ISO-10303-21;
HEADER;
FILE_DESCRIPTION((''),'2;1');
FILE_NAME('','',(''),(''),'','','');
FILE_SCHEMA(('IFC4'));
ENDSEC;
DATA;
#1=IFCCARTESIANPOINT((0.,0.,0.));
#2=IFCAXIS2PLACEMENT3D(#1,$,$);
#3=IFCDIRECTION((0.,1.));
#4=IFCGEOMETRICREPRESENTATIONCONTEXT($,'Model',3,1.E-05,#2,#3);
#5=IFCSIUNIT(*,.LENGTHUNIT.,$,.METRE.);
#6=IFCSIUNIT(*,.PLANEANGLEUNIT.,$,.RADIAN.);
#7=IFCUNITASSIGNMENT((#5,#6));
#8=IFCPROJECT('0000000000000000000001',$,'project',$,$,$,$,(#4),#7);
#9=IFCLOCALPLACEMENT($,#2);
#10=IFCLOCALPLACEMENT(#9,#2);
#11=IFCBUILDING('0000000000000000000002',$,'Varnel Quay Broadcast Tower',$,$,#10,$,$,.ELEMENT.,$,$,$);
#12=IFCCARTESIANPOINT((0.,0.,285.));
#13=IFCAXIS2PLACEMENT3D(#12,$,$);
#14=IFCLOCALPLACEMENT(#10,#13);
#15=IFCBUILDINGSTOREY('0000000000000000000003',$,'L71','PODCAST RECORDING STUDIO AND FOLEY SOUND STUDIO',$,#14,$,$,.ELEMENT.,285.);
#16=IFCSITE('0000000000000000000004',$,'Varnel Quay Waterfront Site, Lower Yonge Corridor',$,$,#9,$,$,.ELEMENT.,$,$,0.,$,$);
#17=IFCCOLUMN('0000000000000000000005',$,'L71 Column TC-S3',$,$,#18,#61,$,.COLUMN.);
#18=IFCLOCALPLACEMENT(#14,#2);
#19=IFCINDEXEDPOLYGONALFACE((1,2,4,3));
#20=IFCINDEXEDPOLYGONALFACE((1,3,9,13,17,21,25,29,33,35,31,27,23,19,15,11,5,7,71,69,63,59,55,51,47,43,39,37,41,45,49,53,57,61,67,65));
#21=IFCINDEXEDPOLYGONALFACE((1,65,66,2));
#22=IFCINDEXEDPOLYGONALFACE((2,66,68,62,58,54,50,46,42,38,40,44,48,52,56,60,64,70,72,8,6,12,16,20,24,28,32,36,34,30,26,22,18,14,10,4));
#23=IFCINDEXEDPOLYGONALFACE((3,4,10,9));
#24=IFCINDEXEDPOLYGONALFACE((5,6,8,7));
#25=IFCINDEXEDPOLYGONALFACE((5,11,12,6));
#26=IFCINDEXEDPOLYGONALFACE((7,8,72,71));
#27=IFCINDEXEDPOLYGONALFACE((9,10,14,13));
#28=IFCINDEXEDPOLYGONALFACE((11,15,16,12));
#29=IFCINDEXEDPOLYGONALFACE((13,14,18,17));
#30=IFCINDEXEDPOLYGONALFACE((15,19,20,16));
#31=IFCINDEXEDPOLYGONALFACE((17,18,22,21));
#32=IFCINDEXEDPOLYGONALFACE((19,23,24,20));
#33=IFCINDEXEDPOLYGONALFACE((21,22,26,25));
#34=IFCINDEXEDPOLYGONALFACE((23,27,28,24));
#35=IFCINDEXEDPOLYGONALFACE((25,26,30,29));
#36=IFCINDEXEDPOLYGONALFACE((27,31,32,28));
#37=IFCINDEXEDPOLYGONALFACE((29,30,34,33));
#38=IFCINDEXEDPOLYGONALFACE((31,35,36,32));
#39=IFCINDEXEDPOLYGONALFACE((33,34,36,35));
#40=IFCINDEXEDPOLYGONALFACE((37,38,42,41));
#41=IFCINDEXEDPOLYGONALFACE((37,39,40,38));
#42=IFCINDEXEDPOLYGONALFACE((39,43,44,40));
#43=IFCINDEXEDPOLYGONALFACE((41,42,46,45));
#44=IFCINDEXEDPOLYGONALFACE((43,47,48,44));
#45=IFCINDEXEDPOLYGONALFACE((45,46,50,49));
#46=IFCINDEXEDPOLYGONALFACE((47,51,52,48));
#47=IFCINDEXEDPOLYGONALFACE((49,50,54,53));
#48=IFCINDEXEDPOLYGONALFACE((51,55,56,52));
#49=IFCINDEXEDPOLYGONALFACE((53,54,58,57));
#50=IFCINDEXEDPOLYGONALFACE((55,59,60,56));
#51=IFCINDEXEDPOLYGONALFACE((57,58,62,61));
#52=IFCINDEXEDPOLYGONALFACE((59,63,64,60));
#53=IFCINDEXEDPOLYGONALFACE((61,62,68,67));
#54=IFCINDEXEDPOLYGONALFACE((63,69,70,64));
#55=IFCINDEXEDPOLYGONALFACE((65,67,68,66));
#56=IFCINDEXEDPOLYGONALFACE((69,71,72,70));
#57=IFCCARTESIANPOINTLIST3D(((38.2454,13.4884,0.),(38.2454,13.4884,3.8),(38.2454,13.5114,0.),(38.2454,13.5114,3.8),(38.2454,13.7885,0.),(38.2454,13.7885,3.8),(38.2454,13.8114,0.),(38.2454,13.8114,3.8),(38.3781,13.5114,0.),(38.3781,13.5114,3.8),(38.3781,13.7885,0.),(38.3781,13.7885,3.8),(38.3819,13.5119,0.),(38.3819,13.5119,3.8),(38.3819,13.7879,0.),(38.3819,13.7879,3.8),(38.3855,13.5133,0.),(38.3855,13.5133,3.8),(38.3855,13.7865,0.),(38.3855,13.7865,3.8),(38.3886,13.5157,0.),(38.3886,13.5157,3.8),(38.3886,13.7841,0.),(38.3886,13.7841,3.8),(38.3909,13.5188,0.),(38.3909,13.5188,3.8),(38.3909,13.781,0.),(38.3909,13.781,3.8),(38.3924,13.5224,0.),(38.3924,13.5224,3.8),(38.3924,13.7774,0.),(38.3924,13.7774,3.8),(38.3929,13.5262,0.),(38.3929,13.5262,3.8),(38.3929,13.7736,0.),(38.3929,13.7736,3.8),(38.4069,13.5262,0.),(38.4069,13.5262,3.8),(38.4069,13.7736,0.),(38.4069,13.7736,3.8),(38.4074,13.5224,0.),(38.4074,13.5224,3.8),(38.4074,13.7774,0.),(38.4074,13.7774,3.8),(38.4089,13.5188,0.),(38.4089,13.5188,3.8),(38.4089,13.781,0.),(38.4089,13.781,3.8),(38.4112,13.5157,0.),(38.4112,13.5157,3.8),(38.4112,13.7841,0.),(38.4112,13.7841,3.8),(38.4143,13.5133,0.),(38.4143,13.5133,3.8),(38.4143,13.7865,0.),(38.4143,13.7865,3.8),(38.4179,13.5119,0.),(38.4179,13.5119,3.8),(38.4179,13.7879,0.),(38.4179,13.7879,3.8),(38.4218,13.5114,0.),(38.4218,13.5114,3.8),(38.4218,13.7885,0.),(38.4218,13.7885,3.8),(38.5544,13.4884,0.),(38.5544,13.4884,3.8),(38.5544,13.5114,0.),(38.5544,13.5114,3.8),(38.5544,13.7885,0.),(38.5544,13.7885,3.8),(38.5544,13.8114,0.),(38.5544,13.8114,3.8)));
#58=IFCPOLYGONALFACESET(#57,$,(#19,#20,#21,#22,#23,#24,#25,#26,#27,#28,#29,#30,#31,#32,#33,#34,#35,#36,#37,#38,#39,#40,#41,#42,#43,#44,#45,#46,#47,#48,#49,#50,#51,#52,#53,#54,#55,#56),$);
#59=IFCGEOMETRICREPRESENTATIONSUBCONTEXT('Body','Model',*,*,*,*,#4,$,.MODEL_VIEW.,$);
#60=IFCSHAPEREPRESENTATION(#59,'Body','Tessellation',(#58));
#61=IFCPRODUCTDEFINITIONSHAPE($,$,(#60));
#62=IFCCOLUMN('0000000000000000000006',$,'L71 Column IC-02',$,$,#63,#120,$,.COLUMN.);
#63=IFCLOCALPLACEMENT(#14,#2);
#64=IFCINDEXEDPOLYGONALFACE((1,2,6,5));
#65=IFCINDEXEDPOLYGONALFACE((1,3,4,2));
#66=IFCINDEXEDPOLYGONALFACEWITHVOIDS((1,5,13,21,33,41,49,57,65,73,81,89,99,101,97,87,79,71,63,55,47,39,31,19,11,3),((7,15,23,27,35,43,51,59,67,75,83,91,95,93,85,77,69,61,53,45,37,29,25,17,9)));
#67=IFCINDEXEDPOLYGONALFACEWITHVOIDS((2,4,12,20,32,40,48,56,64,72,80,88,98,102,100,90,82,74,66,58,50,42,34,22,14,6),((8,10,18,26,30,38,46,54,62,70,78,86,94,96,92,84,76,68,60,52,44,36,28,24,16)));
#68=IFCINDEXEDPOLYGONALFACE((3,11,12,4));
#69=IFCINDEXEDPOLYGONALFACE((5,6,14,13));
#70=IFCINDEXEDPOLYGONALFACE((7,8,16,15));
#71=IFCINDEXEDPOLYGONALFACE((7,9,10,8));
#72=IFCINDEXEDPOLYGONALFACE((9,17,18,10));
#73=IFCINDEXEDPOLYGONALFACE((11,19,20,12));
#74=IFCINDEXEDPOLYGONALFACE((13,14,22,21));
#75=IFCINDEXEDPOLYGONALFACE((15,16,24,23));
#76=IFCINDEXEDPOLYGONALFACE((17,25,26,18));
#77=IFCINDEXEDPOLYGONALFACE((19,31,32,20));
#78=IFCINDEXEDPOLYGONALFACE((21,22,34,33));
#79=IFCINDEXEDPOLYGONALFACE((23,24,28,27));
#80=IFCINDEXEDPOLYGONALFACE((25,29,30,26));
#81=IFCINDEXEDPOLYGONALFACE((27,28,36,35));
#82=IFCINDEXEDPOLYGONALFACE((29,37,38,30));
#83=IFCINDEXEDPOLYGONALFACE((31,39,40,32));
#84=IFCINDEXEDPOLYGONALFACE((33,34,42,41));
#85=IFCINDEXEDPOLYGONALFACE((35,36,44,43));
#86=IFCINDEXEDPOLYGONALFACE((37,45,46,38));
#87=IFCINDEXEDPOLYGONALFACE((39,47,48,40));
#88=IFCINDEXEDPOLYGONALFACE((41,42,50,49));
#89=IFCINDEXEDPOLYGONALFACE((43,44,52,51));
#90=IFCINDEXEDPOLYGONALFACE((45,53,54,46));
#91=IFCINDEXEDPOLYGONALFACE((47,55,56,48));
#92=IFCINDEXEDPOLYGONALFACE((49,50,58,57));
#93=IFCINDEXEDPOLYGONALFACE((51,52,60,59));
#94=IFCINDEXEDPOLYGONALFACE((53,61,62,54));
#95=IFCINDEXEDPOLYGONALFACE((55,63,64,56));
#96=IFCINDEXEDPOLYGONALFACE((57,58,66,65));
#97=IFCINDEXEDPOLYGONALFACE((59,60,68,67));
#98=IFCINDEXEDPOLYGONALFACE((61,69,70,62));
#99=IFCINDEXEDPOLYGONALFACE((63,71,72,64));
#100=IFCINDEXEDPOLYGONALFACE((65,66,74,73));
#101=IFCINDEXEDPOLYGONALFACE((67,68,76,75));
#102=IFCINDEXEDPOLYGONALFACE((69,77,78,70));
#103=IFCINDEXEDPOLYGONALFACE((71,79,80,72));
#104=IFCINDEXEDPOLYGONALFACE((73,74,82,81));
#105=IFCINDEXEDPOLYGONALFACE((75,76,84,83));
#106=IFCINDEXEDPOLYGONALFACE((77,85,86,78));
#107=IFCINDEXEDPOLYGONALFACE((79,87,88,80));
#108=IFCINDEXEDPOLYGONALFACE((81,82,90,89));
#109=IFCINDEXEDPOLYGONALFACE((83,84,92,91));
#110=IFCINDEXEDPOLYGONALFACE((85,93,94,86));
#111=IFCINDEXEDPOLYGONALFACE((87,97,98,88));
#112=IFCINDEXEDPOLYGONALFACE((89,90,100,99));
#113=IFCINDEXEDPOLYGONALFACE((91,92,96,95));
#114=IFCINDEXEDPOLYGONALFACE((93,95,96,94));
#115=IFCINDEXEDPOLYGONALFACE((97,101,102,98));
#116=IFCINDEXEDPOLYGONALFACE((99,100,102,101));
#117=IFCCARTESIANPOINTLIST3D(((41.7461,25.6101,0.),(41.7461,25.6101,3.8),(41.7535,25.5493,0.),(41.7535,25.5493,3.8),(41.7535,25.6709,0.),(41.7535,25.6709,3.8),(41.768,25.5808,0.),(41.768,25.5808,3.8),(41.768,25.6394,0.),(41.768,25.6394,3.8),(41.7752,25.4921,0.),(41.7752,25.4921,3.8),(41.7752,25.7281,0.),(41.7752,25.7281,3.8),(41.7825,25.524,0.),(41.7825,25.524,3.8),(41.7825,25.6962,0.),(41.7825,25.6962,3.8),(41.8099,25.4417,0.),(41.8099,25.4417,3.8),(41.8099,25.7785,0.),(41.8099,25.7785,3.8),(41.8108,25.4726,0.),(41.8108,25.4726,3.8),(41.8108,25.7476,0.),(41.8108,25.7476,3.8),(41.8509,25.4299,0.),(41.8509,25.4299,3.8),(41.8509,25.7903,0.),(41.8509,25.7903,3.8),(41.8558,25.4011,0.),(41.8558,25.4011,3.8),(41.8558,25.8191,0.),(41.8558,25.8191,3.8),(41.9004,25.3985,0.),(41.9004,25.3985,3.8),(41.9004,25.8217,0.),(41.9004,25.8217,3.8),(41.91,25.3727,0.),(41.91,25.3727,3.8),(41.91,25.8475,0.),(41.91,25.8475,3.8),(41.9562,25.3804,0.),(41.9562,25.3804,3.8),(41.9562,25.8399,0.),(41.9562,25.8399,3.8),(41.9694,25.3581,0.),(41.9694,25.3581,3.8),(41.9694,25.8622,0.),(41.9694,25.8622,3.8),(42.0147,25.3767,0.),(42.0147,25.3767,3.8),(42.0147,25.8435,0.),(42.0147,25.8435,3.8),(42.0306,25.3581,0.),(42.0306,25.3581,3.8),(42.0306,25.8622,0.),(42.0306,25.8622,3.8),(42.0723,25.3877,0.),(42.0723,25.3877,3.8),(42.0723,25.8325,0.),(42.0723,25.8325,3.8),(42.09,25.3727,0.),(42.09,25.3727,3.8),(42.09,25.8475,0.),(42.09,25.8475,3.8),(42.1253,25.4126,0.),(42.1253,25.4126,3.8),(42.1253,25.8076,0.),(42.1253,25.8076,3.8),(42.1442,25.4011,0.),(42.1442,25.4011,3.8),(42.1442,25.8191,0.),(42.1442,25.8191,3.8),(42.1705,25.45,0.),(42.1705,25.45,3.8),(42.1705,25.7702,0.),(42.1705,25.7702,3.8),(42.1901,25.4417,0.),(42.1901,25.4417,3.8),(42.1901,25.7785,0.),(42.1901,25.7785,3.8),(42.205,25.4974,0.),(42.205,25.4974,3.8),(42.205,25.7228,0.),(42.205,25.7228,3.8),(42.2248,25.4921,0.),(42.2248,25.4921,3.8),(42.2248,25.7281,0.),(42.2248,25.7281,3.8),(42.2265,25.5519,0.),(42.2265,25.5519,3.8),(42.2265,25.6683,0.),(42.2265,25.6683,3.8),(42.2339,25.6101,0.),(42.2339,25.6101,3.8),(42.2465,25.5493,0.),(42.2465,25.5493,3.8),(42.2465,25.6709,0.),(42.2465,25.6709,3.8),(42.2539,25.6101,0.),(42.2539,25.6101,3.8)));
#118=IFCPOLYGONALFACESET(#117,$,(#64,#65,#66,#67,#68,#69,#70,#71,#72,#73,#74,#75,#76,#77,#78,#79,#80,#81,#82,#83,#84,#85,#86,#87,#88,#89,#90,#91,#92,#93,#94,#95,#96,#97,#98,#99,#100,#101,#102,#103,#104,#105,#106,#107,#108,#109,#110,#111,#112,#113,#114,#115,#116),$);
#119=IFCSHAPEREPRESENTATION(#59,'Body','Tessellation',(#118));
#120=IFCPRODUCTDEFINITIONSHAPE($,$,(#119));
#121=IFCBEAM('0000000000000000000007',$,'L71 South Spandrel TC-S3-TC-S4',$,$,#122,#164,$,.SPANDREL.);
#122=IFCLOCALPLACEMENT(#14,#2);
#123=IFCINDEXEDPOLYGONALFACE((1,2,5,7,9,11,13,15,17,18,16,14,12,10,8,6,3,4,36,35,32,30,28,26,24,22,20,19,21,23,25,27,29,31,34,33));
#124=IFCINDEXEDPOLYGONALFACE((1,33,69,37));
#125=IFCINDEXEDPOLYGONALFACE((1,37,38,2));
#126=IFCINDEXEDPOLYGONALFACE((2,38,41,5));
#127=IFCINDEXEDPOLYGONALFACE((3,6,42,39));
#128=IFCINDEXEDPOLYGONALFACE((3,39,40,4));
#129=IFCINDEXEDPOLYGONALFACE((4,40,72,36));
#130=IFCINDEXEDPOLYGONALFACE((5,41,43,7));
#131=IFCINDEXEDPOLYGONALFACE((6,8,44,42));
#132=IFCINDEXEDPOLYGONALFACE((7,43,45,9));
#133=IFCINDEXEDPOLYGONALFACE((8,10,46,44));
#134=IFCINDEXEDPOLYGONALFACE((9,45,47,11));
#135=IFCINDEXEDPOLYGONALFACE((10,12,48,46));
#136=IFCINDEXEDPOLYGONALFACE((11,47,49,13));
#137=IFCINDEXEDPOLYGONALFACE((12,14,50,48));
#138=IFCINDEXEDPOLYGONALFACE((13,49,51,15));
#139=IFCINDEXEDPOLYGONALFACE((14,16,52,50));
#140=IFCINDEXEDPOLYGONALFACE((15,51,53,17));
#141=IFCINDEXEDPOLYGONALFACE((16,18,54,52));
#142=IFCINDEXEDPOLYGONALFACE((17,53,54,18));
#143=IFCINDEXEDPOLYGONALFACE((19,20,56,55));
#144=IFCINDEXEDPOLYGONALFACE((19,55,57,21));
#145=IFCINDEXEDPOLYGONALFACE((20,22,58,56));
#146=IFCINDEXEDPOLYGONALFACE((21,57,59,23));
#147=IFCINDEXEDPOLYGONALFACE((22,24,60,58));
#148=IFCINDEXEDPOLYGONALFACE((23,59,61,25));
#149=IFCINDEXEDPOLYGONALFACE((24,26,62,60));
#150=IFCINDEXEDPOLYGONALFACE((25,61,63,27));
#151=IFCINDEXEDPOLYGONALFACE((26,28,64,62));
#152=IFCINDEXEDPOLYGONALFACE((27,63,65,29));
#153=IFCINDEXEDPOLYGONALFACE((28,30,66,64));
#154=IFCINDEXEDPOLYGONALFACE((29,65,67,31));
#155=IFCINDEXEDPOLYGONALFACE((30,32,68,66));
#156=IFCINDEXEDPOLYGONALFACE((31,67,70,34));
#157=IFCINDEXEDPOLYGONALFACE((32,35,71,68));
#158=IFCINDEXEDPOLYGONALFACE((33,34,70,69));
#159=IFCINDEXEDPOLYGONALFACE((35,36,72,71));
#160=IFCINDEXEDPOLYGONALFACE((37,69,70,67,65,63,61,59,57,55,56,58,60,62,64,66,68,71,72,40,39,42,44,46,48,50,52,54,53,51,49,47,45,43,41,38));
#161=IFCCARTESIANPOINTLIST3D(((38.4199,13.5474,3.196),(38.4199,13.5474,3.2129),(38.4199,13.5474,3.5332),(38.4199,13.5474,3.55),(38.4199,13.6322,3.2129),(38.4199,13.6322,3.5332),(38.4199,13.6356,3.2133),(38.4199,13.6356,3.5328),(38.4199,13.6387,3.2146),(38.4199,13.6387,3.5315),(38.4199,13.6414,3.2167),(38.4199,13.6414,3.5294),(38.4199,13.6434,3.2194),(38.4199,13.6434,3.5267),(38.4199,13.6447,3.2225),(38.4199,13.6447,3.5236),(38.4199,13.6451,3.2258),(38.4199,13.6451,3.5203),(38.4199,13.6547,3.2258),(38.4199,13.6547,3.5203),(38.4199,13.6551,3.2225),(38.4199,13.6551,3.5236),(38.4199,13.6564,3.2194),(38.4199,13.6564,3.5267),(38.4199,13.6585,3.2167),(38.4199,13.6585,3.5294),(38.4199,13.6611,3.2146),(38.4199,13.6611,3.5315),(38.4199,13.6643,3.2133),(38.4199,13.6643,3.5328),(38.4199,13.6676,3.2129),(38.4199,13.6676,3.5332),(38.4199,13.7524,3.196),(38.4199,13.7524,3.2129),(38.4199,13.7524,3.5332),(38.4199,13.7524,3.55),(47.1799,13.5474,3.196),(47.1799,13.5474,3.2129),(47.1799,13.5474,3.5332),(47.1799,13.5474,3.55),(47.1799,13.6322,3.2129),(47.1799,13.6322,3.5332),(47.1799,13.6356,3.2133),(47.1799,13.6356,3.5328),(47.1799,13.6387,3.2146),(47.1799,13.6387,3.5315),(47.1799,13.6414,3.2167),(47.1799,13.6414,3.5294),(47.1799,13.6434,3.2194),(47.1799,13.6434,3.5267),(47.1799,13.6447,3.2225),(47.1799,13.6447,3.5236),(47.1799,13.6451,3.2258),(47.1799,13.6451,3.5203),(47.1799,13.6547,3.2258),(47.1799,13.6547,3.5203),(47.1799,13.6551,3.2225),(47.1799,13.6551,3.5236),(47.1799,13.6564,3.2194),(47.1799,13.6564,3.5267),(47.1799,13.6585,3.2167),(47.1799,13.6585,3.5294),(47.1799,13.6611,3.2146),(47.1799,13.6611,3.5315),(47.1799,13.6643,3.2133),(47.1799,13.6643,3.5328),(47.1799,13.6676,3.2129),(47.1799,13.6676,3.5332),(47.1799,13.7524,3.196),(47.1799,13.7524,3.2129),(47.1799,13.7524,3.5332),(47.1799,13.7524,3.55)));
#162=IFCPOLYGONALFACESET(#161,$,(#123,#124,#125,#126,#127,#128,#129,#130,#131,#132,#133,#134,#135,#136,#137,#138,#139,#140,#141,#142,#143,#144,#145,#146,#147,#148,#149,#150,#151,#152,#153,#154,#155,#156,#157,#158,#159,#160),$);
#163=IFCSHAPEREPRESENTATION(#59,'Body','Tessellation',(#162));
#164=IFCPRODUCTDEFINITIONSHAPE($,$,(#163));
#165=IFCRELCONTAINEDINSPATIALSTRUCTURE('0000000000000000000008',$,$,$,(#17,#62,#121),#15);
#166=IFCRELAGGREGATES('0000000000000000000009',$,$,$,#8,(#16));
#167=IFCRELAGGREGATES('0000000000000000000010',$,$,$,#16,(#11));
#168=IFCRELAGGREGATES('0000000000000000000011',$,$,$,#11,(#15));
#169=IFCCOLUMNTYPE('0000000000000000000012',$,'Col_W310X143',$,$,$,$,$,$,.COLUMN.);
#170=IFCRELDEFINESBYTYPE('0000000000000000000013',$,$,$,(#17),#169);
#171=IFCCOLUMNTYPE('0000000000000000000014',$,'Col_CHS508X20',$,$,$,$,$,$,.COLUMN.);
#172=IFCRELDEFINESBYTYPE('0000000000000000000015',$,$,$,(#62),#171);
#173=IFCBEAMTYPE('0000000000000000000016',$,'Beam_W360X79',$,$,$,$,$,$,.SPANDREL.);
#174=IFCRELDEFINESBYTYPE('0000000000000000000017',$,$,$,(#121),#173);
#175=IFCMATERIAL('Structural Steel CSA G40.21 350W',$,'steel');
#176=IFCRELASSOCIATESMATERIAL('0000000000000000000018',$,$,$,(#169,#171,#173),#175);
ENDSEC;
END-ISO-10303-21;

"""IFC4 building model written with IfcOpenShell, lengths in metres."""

from ifc_helpers import new_model, si_unit, direction, frame, origin, origin_2d, place, context, subcontext, project, spatial, hollow_circle, i_section, extrude, source, transform, mapped, material, material_profile, profile_set, type_object, type_shapes, element, save


model = new_model("IFC4")

# Units and contexts
model_context = context("Model", 3, precision=1e-05, world=origin(), true_north=direction((0.0, 1.0)))
body_context = subcontext(model_context, "Body", "Model", "MODEL_VIEW")
ifc_project = project(units=[si_unit("LENGTHUNIT", "METRE"), si_unit("PLANEANGLEUNIT", "RADIAN")], contexts=[model_context])

# Site, building, storey
site_placement = place(None, origin())
site = spatial("IfcSite", under=ifc_project, at=site_placement, Name="Varnel Quay Waterfront Site, Lower Yonge Corridor", CompositionType="ELEMENT", RefElevation=0.0)
building_placement = place(site_placement, origin())
building = spatial("IfcBuilding", under=site, at=building_placement, Name="Varnel Quay Broadcast Tower", CompositionType="ELEMENT")
storey_placement = place(building_placement, frame((0.0, 0.0, 285.0)))
storey = spatial("IfcBuildingStorey", under=building, at=storey_placement, Name="L71", Description="PODCAST RECORDING STUDIO AND FOLEY SOUND STUDIO", CompositionType="ELEMENT", Elevation=285.0)

# Columns
ifc_material_1 = material(Name="Structural Steel CSA G40.21 350W", Category="steel")
ifc_material_profile_1 = material_profile(ifc_material_1, i_section(OverallWidth=0.3091, OverallDepth=0.323, WebThickness=0.0139, FlangeThickness=0.0229, FilletRadius=0.0149, at=origin_2d()), Name="W310X143")
ifc_profile_set_1 = profile_set([ifc_material_profile_1], Name="Structural Steel CSA G40.21 350W")
column_type_1 = type_object("IfcColumnType", Name="Col_W310X143", PredefinedType="COLUMN", material=ifc_profile_set_1)
shared_shape_1 = source(origin(), body_context, "Body", "SweptSolid", [
    extrude(i_section(OverallWidth=0.3091, OverallDepth=0.323, WebThickness=0.0139, FlangeThickness=0.0229, FilletRadius=0.0149, at=origin_2d()), origin(), (0.0, 0.0, 1.0), 3.8),
])
type_shapes(column_type_1, [shared_shape_1])
column_1_placement = place(storey_placement, frame((38.3999, 13.6499, 0.0), z_axis=(0.0, 0.0, 1.0), x_axis=(1.0, 0.0, 0.0)))
element("IfcColumn", 1, at=column_1_placement, inside=storey, type_object=column_type_1, Name="L71 Column TC-S3", PredefinedType="COLUMN", context=body_context, shape_type="MappedRepresentation", body=[
    mapped(shared_shape_1, transform((0.0, 0.0, 0.0), x_axis=(1.0, 0.0, 0.0), y_axis=(0.0, 1.0, 0.0), z_axis=(0.0, 0.0, 1.0), scale=1.0)),
])
ifc_material_profile_2 = material_profile(ifc_material_1, hollow_circle(Radius=0.2539, WallThickness=0.02, at=origin_2d()), Name="CHS508X20")
ifc_profile_set_2 = profile_set([ifc_material_profile_2], Name="Structural Steel CSA G40.21 350W")
column_type_2 = type_object("IfcColumnType", Name="Col_CHS508X20", PredefinedType="COLUMN", material=ifc_profile_set_2)
shared_shape_2 = source(origin(), body_context, "Body", "SweptSolid", [
    extrude(hollow_circle(Radius=0.2539, WallThickness=0.02, at=origin_2d()), origin(), (0.0, 0.0, 1.0), 3.8),
])
type_shapes(column_type_2, [shared_shape_2])
column_2_placement = place(storey_placement, frame((42.0, 25.6101, 0.0), z_axis=(0.0, 0.0, 1.0), x_axis=(1.0, 0.0, 0.0)))
element("IfcColumn", 2, at=column_2_placement, inside=storey, type_object=column_type_2, Name="L71 Column IC-02", PredefinedType="COLUMN", context=body_context, shape_type="MappedRepresentation", body=[
    mapped(shared_shape_2, transform((0.0, 0.0, 0.0), x_axis=(1.0, 0.0, 0.0), y_axis=(0.0, 1.0, 0.0), z_axis=(0.0, 0.0, 1.0), scale=1.0)),
])

# Beam
ifc_material_profile_3 = material_profile(ifc_material_1, i_section(OverallWidth=0.2051, OverallDepth=0.354, WebThickness=0.0095, FlangeThickness=0.0168, FilletRadius=0.0129, at=origin_2d()), Name="W360X79")
ifc_profile_set_3 = profile_set([ifc_material_profile_3], Name="Structural Steel CSA G40.21 350W")
beam_type_1 = type_object("IfcBeamType", Name="Beam_W360X79", PredefinedType="SPANDREL", material=ifc_profile_set_3)
shared_shape_3 = source(origin(), body_context, "Body", "SweptSolid", [
    extrude(i_section(OverallWidth=0.2051, OverallDepth=0.354, WebThickness=0.0095, FlangeThickness=0.0168, FilletRadius=0.0129, at=origin_2d()), origin(), (0.0, 0.0, 1.0), 8.76),
])
type_shapes(beam_type_1, [shared_shape_3])
beam_1_placement = place(storey_placement, frame((38.4199, 13.6499, 3.373), z_axis=(1.0, 0.0, 0.0), x_axis=(0.0, 1.0, 0.0)))
element("IfcBeam", 3, at=beam_1_placement, inside=storey, type_object=beam_type_1, Name="L71 South Spandrel TC-S3-TC-S4", PredefinedType="SPANDREL", context=body_context, shape_type="MappedRepresentation", body=[
    mapped(shared_shape_3, transform((0.0, 0.0, 0.0), x_axis=(1.0, 0.0, 0.0), y_axis=(0.0, 1.0, 0.0), z_axis=(0.0, 0.0, 1.0), scale=1.0)),
])

save(model, "model.ifc")
